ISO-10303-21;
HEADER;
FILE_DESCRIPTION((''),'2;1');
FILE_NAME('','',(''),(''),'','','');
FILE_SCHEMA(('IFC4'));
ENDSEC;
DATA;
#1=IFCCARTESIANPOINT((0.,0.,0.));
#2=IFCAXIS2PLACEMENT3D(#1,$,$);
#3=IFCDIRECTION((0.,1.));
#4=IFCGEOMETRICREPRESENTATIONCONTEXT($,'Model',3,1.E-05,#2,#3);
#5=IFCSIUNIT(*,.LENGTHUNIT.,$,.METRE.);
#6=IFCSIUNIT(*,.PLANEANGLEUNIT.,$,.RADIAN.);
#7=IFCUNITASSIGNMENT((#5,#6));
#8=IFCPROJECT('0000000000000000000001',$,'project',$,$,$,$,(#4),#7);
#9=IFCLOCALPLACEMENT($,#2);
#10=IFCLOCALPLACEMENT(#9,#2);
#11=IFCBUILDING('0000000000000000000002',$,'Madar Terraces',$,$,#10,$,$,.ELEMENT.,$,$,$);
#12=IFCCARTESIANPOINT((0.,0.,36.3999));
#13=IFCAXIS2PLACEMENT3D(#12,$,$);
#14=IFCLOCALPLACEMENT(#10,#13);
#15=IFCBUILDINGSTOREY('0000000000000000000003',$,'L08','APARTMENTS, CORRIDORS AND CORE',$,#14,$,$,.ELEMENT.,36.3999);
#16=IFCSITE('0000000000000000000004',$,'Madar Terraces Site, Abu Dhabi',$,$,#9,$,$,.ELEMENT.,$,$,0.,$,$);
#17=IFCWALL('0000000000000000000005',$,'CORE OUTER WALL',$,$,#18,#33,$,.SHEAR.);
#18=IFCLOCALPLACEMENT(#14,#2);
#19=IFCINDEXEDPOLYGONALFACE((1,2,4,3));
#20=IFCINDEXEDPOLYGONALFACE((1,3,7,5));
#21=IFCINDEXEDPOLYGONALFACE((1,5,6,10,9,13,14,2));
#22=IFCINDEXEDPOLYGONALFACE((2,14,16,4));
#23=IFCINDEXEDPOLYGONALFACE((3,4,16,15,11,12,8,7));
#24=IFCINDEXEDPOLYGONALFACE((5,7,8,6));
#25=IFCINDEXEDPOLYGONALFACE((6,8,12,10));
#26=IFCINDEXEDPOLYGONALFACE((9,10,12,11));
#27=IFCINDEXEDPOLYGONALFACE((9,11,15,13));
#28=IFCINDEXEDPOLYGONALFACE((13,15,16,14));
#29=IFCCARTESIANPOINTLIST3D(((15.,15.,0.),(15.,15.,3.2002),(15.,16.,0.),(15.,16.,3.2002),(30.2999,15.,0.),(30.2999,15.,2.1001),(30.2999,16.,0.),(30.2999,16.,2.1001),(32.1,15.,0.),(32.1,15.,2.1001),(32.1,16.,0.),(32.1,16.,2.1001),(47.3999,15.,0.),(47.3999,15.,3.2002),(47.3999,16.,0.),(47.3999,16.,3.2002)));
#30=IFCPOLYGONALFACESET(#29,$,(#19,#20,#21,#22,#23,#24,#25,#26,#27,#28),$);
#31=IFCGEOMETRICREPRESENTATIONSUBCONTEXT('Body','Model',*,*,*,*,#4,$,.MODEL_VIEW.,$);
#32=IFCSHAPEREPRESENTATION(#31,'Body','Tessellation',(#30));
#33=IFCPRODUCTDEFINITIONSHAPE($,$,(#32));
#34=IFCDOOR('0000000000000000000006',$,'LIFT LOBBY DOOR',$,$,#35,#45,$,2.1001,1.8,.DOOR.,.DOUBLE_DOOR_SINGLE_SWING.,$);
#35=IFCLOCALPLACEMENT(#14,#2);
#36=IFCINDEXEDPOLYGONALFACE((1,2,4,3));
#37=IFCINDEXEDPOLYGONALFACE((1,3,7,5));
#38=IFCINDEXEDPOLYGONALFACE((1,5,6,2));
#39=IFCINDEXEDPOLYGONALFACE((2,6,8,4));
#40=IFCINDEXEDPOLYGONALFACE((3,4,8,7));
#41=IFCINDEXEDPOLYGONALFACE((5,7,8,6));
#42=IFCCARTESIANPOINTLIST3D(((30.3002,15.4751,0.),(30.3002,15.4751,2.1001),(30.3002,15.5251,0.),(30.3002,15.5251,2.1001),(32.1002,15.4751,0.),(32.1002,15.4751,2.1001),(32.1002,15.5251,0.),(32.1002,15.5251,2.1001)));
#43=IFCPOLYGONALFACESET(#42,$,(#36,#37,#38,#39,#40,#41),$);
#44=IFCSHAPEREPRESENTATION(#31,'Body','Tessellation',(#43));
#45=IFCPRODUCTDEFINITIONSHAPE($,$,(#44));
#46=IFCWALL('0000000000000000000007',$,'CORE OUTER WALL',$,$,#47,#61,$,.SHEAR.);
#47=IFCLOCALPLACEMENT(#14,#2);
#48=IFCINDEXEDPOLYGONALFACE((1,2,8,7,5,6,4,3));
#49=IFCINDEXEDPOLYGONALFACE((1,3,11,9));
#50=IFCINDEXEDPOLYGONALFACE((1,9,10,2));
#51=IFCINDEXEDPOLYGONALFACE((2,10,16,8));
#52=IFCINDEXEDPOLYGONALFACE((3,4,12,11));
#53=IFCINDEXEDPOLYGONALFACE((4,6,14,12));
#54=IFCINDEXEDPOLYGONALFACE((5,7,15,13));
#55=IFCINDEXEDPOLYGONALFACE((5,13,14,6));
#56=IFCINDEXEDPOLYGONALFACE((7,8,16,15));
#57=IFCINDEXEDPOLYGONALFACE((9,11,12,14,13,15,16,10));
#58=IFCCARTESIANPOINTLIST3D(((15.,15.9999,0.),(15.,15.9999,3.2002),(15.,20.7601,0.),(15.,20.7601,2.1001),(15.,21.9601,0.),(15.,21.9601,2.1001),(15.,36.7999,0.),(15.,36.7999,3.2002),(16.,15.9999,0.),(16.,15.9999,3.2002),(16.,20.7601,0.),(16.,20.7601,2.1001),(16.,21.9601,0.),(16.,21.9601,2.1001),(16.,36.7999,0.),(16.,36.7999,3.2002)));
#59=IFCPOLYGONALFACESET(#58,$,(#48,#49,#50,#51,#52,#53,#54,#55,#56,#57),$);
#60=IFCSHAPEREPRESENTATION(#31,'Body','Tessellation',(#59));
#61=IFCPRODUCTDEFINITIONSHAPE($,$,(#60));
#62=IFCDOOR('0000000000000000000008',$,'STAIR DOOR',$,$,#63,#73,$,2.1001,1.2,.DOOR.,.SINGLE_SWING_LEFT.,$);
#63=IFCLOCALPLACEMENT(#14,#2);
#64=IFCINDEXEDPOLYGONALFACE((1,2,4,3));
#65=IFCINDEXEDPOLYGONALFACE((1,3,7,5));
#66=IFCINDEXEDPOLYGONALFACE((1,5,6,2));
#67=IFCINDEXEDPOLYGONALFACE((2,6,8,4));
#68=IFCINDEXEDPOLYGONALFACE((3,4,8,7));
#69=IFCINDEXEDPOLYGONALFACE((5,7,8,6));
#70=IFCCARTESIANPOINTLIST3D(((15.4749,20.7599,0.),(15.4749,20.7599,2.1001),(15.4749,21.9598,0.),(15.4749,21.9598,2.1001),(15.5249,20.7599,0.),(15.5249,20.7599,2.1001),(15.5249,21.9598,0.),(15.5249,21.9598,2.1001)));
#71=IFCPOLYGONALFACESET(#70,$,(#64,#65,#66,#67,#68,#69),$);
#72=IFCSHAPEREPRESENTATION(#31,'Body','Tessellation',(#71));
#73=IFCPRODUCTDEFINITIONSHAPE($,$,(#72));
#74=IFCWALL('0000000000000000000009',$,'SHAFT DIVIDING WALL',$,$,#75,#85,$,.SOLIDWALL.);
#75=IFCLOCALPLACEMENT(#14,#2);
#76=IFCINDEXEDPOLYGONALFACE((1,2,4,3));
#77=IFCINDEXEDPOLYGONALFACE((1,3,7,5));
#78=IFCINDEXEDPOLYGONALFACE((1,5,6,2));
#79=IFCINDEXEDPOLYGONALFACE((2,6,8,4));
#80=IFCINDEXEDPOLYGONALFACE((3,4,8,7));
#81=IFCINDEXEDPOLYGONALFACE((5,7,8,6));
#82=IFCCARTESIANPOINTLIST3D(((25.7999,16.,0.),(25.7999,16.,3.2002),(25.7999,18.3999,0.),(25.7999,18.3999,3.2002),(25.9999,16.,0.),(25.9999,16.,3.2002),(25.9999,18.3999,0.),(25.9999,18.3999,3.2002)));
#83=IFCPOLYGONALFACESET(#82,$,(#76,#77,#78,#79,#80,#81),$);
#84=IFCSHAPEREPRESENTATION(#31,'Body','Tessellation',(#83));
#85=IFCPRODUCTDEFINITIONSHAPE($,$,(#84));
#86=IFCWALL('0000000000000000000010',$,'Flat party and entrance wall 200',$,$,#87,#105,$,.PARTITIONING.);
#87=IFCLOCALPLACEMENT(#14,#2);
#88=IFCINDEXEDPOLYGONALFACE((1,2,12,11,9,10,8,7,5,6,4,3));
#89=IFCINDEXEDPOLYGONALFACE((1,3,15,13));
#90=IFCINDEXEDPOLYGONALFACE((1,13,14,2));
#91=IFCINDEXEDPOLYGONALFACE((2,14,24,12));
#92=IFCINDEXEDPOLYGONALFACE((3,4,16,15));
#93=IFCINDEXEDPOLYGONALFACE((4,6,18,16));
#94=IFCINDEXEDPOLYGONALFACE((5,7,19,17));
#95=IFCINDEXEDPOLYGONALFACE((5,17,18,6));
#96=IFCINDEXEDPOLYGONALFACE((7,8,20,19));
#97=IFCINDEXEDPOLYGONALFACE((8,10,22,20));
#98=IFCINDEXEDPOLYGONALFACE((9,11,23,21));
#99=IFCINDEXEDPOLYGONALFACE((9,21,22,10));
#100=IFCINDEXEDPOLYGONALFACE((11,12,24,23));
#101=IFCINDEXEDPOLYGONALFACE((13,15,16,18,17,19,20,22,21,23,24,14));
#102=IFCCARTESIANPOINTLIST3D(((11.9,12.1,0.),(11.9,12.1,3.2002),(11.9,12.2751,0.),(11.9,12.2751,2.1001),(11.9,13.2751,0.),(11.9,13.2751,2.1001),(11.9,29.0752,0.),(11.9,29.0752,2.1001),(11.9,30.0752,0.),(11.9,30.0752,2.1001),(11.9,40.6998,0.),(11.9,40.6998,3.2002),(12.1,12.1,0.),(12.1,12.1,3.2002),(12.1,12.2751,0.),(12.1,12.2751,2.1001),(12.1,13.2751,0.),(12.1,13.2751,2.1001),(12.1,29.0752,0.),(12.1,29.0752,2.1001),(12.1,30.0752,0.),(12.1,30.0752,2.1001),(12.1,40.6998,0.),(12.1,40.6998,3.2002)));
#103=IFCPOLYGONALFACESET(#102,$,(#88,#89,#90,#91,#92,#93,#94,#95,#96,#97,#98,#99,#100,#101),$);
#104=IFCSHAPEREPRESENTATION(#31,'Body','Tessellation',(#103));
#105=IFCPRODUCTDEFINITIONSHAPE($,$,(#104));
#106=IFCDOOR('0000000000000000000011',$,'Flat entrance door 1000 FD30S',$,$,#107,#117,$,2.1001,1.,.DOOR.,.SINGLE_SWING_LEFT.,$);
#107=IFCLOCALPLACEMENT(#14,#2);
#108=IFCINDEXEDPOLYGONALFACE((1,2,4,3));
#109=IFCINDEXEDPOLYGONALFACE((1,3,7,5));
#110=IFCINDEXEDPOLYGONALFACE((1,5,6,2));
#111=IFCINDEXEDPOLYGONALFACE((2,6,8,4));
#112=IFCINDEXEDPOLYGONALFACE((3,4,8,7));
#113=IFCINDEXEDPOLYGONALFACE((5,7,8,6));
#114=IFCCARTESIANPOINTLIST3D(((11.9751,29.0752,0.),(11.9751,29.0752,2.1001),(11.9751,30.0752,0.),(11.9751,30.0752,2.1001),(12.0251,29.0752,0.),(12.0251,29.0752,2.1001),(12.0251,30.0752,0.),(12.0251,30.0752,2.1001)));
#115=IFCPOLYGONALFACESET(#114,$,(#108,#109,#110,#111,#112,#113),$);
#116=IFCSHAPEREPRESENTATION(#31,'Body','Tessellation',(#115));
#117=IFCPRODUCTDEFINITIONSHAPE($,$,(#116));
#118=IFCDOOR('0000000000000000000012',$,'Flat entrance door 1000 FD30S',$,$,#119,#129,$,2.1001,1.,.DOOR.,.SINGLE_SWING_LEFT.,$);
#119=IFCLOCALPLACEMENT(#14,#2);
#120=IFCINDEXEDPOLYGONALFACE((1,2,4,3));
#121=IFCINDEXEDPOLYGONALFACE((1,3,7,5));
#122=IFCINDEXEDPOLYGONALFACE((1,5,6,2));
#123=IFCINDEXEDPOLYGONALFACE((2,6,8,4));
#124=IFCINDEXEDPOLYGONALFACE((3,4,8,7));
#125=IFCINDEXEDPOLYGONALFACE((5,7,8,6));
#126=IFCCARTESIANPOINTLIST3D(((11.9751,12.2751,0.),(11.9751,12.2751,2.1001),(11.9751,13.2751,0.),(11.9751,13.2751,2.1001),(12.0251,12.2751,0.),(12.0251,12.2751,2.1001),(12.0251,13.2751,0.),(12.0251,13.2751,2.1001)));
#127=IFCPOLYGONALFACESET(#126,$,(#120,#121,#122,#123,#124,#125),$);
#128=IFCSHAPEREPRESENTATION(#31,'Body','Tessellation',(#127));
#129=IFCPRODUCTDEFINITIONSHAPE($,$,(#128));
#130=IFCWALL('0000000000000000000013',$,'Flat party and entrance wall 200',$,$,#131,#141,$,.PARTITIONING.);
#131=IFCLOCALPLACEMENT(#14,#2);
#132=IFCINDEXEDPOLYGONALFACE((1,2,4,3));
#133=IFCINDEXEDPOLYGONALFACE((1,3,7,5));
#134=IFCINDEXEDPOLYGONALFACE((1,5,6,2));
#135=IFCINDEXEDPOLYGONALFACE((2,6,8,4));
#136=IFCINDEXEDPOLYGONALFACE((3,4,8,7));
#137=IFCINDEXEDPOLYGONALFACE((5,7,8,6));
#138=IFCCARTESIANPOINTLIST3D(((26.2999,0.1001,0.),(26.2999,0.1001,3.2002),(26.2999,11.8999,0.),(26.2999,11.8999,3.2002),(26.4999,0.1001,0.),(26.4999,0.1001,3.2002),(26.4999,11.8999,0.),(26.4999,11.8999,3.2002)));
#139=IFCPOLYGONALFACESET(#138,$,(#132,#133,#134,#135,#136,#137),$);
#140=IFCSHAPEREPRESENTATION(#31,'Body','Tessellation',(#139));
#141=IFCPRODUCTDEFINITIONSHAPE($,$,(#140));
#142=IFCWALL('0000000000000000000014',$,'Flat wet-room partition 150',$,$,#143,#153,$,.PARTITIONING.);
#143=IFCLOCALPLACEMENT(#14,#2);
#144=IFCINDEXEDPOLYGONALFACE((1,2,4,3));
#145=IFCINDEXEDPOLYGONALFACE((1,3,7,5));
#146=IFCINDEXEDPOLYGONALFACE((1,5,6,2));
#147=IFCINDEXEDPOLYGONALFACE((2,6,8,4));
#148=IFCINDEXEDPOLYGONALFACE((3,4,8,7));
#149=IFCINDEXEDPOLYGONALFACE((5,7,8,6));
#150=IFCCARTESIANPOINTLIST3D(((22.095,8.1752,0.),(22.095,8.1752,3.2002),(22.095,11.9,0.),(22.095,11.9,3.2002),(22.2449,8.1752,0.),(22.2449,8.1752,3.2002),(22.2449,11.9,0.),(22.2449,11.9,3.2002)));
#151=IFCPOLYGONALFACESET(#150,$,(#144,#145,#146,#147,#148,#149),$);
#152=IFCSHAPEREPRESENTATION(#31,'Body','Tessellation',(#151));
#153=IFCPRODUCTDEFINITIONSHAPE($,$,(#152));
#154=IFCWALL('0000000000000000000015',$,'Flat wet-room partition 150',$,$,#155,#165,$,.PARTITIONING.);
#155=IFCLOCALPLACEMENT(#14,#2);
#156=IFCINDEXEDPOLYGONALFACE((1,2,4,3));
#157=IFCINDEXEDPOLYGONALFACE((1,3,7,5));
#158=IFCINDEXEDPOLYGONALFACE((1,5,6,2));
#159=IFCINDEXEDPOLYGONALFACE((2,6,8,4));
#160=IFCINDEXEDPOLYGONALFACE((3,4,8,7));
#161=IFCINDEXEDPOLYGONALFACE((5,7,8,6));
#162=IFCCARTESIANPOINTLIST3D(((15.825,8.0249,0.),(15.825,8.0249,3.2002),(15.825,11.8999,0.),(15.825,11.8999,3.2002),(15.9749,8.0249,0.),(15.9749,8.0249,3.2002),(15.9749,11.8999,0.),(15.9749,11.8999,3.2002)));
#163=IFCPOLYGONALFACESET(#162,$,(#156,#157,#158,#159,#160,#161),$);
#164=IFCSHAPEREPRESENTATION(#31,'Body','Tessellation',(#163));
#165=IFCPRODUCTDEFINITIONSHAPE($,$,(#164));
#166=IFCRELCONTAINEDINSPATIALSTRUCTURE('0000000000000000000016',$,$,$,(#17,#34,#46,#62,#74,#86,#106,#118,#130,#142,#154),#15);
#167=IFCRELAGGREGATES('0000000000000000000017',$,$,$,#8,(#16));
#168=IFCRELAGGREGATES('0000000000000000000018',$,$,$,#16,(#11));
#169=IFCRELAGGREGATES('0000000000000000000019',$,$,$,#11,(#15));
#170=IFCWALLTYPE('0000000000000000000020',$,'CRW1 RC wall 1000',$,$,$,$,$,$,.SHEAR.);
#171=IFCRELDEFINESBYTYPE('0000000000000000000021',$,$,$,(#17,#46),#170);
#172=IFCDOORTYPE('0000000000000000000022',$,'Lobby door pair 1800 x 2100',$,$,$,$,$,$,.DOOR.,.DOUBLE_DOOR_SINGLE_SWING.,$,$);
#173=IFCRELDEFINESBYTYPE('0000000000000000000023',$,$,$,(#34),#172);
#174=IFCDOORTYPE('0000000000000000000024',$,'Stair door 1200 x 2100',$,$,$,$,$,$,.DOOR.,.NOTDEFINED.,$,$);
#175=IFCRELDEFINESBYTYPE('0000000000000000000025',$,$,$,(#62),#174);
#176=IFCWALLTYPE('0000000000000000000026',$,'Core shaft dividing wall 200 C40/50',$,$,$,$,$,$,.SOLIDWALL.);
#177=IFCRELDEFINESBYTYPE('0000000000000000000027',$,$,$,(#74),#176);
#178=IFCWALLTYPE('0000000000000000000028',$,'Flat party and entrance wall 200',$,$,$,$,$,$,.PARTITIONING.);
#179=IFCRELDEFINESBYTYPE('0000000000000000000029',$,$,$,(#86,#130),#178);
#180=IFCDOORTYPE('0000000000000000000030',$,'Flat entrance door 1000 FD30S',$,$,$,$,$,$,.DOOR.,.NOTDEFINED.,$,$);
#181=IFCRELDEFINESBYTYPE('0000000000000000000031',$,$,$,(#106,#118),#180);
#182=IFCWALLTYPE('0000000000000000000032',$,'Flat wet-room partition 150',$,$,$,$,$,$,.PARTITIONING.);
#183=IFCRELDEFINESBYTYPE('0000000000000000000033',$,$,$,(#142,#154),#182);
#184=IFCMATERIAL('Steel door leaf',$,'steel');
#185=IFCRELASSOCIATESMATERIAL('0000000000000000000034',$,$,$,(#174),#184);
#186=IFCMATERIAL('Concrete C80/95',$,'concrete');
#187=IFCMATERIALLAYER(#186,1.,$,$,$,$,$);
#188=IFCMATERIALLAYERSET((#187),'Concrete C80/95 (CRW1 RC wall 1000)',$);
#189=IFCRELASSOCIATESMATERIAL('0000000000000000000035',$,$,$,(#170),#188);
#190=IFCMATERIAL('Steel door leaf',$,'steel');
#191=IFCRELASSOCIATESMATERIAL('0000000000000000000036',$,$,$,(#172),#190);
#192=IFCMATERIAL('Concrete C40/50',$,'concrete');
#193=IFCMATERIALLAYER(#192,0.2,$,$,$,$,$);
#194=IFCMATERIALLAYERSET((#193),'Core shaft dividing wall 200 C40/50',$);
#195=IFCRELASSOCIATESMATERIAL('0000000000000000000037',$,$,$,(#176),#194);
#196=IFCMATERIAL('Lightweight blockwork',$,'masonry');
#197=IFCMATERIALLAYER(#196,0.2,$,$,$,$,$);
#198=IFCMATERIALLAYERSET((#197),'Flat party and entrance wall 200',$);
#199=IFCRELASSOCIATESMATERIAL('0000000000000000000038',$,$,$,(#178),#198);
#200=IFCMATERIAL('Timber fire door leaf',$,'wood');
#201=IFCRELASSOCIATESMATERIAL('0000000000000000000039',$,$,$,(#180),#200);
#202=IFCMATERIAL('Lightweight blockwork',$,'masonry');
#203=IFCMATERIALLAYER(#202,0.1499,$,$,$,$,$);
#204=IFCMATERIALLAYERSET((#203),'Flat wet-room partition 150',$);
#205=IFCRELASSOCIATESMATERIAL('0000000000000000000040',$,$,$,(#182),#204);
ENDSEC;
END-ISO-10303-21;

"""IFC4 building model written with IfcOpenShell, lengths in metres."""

from ifc_helpers import new_model, si_unit, direction, frame, frame_2d, origin, place, context, subcontext, project, spatial, rectangle, extrude, material, layer, layer_set, type_object, element, fill, save


model = new_model("IFC4")

# Units and contexts
model_context = context("Model", 3, precision=1e-05, world=origin(), true_north=direction((0.0, 1.0)))
body_context = subcontext(model_context, "Body", "Model", "MODEL_VIEW")
ifc_project = project(units=[si_unit("LENGTHUNIT", "METRE"), si_unit("PLANEANGLEUNIT", "RADIAN")], contexts=[model_context])

# Site, building, storey
site_placement = place(None, origin())
site = spatial("IfcSite", under=ifc_project, at=site_placement, Name="Madar Terraces Site, Abu Dhabi", CompositionType="ELEMENT", RefElevation=0.0)
building_placement = place(site_placement, origin())
building = spatial("IfcBuilding", under=site, at=building_placement, Name="Madar Terraces", CompositionType="ELEMENT")
storey_placement = place(building_placement, frame((0.0, 0.0, 36.3999)))
storey = spatial("IfcBuildingStorey", under=building, at=storey_placement, Name="L08", Description="APARTMENTS, CORRIDORS AND CORE", CompositionType="ELEMENT", Elevation=36.3999)

# Shared definitions
ifc_material_1 = material(Name="Steel door leaf", Category="steel")
door_type_1 = type_object("IfcDoorType", Name="Stair door 1200 x 2100", OperationType="NOTDEFINED", PredefinedType="DOOR", material=ifc_material_1)

# Walls, openings, doors
ifc_material_2 = material(Name="Concrete C80/95", Category="concrete")
ifc_layer_1 = layer(ifc_material_2, 1.0)
ifc_layer_set_1 = layer_set([ifc_layer_1], Name="Concrete C80/95 (CRW1 RC wall 1000)")
wall_type_1 = type_object("IfcWallType", Name="CRW1 RC wall 1000", PredefinedType="SHEAR", material=ifc_layer_set_1)
wall_1_placement = place(storey_placement, frame((15.0, 15.5, 0.0), z_axis=(0.0, 0.0, 1.0), x_axis=(1.0, 0.0, 0.0)))
wall_1 = element("IfcWall", 1, at=wall_1_placement, inside=storey, type_object=wall_type_1, Name="CORE OUTER WALL", PredefinedType="SHEAR", context=body_context, shape_type="SweptSolid", body=[
    extrude(rectangle(XDim=32.3999, YDim=1.0, at=frame_2d((16.2, 0.0))), origin(), (0.0, 0.0, 1.0), 3.2002),
])
opening_1_placement = place(wall_1_placement, frame((15.3, 0.0, 0.0)))
opening_1 = element("IfcOpeningElement", 2, at=opening_1_placement, cuts=wall_1, PredefinedType="OPENING", context=body_context, shape_type="SweptSolid", body=[
    extrude(rectangle(XDim=1.8, YDim=2.1001, at=frame_2d((0.8999, 1.05))), frame((0.0, 0.51, 0.0), z_axis=(0.0, -1.0, 0.0), x_axis=(1.0, 0.0, 0.0)), (0.0, 0.0, 1.0), 1.02),
])
ifc_material_3 = material(Name="Steel door leaf", Category="steel")
door_type_2 = type_object("IfcDoorType", Name="Lobby door pair 1800 x 2100", OperationType="DOUBLE_DOOR_SINGLE_SWING", PredefinedType="DOOR", material=ifc_material_3)
door_1_placement = place(opening_1_placement, frame((1.8, 0.0, 0.0), z_axis=(0.0, 0.0, 1.0), x_axis=(-1.0, 0.0, 0.0)))
door_1 = element("IfcDoor", 3, at=door_1_placement, inside=storey, type_object=door_type_2, Name="LIFT LOBBY DOOR", OperationType="DOUBLE_DOOR_SINGLE_SWING", OverallHeight=2.1001, OverallWidth=1.8, PredefinedType="DOOR", context=body_context, shape_type="SweptSolid", body=[
    extrude(rectangle(XDim=1.8, YDim=2.1001, at=frame_2d((0.8999, 1.05))), frame((0.0, 0.0249, 0.0), z_axis=(0.0, -1.0, 0.0), x_axis=(1.0, 0.0, 0.0)), (0.0, 0.0, 1.0), 0.05),
])
fill(opening_1, door_1)
wall_2_placement = place(storey_placement, frame((15.5, 16.0, 0.0), z_axis=(0.0, 0.0, 1.0), x_axis=(0.0, 1.0, 0.0)))
wall_2 = element("IfcWall", 4, at=wall_2_placement, inside=storey, type_object=wall_type_1, Name="CORE OUTER WALL", PredefinedType="SHEAR", context=body_context, shape_type="SweptSolid", body=[
    extrude(rectangle(XDim=20.8, YDim=1.0, at=frame_2d((10.3999, 0.0))), origin(), (0.0, 0.0, 1.0), 3.2002),
])
opening_2_placement = place(wall_2_placement, frame((4.76, 0.0, 0.0)))
opening_2 = element("IfcOpeningElement", 5, at=opening_2_placement, cuts=wall_2, PredefinedType="OPENING", context=body_context, shape_type="SweptSolid", body=[
    extrude(rectangle(XDim=1.2, YDim=2.1001, at=frame_2d((0.6001, 1.05))), frame((0.0, 0.51, 0.0), z_axis=(0.0, -1.0, 0.0), x_axis=(1.0, 0.0, 0.0)), (0.0, 0.0, 1.0), 1.02),
])
door_2_placement = place(opening_2_placement, frame((1.2, 0.0, 0.0), z_axis=(0.0, 0.0, 1.0), x_axis=(-1.0, 0.0, 0.0)))
door_2 = element("IfcDoor", 6, at=door_2_placement, inside=storey, type_object=door_type_1, Name="STAIR DOOR", OperationType="SINGLE_SWING_LEFT", OverallHeight=2.1001, OverallWidth=1.2, PredefinedType="DOOR", context=body_context, shape_type="SweptSolid", body=[
    extrude(rectangle(XDim=1.2, YDim=2.1001, at=frame_2d((0.6001, 1.05))), frame((0.0, 0.0249, 0.0), z_axis=(0.0, -1.0, 0.0), x_axis=(1.0, 0.0, 0.0)), (0.0, 0.0, 1.0), 0.05),
])
fill(opening_2, door_2)

# Wall
ifc_material_4 = material(Name="Concrete C40/50", Category="concrete")
ifc_layer_2 = layer(ifc_material_4, 0.2)
ifc_layer_set_2 = layer_set([ifc_layer_2], Name="Core shaft dividing wall 200 C40/50")
wall_type_2 = type_object("IfcWallType", Name="Core shaft dividing wall 200 C40/50", PredefinedType="SOLIDWALL", material=ifc_layer_set_2)
wall_3_placement = place(storey_placement, frame((25.8999, 16.0, 0.0), z_axis=(0.0, 0.0, 1.0), x_axis=(0.0, 1.0, 0.0)))
element("IfcWall", 7, at=wall_3_placement, inside=storey, type_object=wall_type_2, Name="SHAFT DIVIDING WALL", PredefinedType="SOLIDWALL", context=body_context, shape_type="SweptSolid", body=[
    extrude(rectangle(XDim=2.3999, YDim=0.2, at=frame_2d((1.2, 0.0))), origin(), (0.0, 0.0, 1.0), 3.2002),
])

# Wall, openings, doors
ifc_material_5 = material(Name="Lightweight blockwork", Category="masonry")
ifc_layer_3 = layer(ifc_material_5, 0.2)
ifc_layer_set_3 = layer_set([ifc_layer_3], Name="Flat party and entrance wall 200")
wall_type_3 = type_object("IfcWallType", Name="Flat party and entrance wall 200", PredefinedType="PARTITIONING", material=ifc_layer_set_3)
wall_4_placement = place(storey_placement, frame((12.0, 12.1001, 0.0), z_axis=(0.0, 0.0, 1.0), x_axis=(0.0, 1.0, 0.0)))
wall_4 = element("IfcWall", 8, at=wall_4_placement, inside=storey, type_object=wall_type_3, Name="Flat party and entrance wall 200", PredefinedType="PARTITIONING", context=body_context, shape_type="SweptSolid", body=[
    extrude(rectangle(XDim=28.5999, YDim=0.2, at=frame_2d((14.2998, 0.0))), origin(), (0.0, 0.0, 1.0), 3.2002),
])
opening_3_placement = place(wall_4_placement, frame((16.9751, 0.0, 0.0)))
opening_3 = element("IfcOpeningElement", 9, at=opening_3_placement, cuts=wall_4, PredefinedType="OPENING", context=body_context, shape_type="SweptSolid", body=[
    extrude(rectangle(XDim=1.0, YDim=2.1001, at=frame_2d((0.5, 1.05))), frame((0.0, 0.1099, 0.0), z_axis=(0.0, -1.0, 0.0), x_axis=(1.0, 0.0, 0.0)), (0.0, 0.0, 1.0), 0.22),
])
opening_4_placement = place(wall_4_placement, frame((0.175, 0.0, 0.0)))
opening_4 = element("IfcOpeningElement", 10, at=opening_4_placement, cuts=wall_4, PredefinedType="OPENING", context=body_context, shape_type="SweptSolid", body=[
    extrude(rectangle(XDim=1.0, YDim=2.1001, at=frame_2d((0.5, 1.05))), frame((0.0, 0.1099, 0.0), z_axis=(0.0, -1.0, 0.0), x_axis=(1.0, 0.0, 0.0)), (0.0, 0.0, 1.0), 0.22),
])
ifc_material_6 = material(Name="Timber fire door leaf", Category="wood")
door_type_3 = type_object("IfcDoorType", Name="Flat entrance door 1000 FD30S", OperationType="NOTDEFINED", PredefinedType="DOOR", material=ifc_material_6)
door_3_placement = place(opening_3_placement, origin())
door_3 = element("IfcDoor", 11, at=door_3_placement, inside=storey, type_object=door_type_3, Name="Flat entrance door 1000 FD30S", OperationType="SINGLE_SWING_LEFT", OverallHeight=2.1001, OverallWidth=1.0, PredefinedType="DOOR", context=body_context, shape_type="SweptSolid", body=[
    extrude(rectangle(XDim=1.0, YDim=2.1001, at=frame_2d((0.5, 1.05))), frame((0.0, 0.0249, 0.0), z_axis=(0.0, -1.0, 0.0), x_axis=(1.0, 0.0, 0.0)), (0.0, 0.0, 1.0), 0.05),
])
fill(opening_3, door_3)
door_4_placement = place(opening_4_placement, origin())
door_4 = element("IfcDoor", 12, at=door_4_placement, inside=storey, type_object=door_type_3, Name="Flat entrance door 1000 FD30S", OperationType="SINGLE_SWING_LEFT", OverallHeight=2.1001, OverallWidth=1.0, PredefinedType="DOOR", context=body_context, shape_type="SweptSolid", body=[
    extrude(rectangle(XDim=1.0, YDim=2.1001, at=frame_2d((0.5, 1.05))), frame((0.0, 0.0249, 0.0), z_axis=(0.0, -1.0, 0.0), x_axis=(1.0, 0.0, 0.0)), (0.0, 0.0, 1.0), 0.05),
])
fill(opening_4, door_4)

# Walls
wall_5_placement = place(storey_placement, frame((26.3999, 11.8999, 0.0), z_axis=(0.0, 0.0, 1.0), x_axis=(0.0, -1.0, 0.0)))
element("IfcWall", 13, at=wall_5_placement, inside=storey, type_object=wall_type_3, Name="Flat party and entrance wall 200", PredefinedType="PARTITIONING", context=body_context, shape_type="SweptSolid", body=[
    extrude(rectangle(XDim=11.7998, YDim=0.2, at=frame_2d((5.8999, 0.0))), origin(), (0.0, 0.0, 1.0), 3.2002),
])
ifc_material_7 = material(Name="Lightweight blockwork", Category="masonry")
ifc_layer_4 = layer(ifc_material_7, 0.1499)
ifc_layer_set_4 = layer_set([ifc_layer_4], Name="Flat wet-room partition 150")
wall_type_4 = type_object("IfcWallType", Name="Flat wet-room partition 150", PredefinedType="PARTITIONING", material=ifc_layer_set_4)
wall_6_placement = place(storey_placement, frame((22.1699, 11.8999, 0.0), z_axis=(0.0, 0.0, 1.0), x_axis=(0.0, -1.0, 0.0)))
element("IfcWall", 14, at=wall_6_placement, inside=storey, type_object=wall_type_4, Name="Flat wet-room partition 150", PredefinedType="PARTITIONING", context=body_context, shape_type="SweptSolid", body=[
    extrude(rectangle(XDim=3.7249, YDim=0.1499, at=frame_2d((1.8623, 0.0))), origin(), (0.0, 0.0, 1.0), 3.2002),
])
wall_7_placement = place(storey_placement, frame((15.8999, 11.8999, 0.0), z_axis=(0.0, 0.0, 1.0), x_axis=(0.0, -1.0, 0.0)))
element("IfcWall", 15, at=wall_7_placement, inside=storey, type_object=wall_type_4, Name="Flat wet-room partition 150", PredefinedType="PARTITIONING", context=body_context, shape_type="SweptSolid", body=[
    extrude(rectangle(XDim=3.875, YDim=0.1499, at=frame_2d((1.9375, 0.0))), origin(), (0.0, 0.0, 1.0), 3.2002),
])

save(model, "model.ifc")
